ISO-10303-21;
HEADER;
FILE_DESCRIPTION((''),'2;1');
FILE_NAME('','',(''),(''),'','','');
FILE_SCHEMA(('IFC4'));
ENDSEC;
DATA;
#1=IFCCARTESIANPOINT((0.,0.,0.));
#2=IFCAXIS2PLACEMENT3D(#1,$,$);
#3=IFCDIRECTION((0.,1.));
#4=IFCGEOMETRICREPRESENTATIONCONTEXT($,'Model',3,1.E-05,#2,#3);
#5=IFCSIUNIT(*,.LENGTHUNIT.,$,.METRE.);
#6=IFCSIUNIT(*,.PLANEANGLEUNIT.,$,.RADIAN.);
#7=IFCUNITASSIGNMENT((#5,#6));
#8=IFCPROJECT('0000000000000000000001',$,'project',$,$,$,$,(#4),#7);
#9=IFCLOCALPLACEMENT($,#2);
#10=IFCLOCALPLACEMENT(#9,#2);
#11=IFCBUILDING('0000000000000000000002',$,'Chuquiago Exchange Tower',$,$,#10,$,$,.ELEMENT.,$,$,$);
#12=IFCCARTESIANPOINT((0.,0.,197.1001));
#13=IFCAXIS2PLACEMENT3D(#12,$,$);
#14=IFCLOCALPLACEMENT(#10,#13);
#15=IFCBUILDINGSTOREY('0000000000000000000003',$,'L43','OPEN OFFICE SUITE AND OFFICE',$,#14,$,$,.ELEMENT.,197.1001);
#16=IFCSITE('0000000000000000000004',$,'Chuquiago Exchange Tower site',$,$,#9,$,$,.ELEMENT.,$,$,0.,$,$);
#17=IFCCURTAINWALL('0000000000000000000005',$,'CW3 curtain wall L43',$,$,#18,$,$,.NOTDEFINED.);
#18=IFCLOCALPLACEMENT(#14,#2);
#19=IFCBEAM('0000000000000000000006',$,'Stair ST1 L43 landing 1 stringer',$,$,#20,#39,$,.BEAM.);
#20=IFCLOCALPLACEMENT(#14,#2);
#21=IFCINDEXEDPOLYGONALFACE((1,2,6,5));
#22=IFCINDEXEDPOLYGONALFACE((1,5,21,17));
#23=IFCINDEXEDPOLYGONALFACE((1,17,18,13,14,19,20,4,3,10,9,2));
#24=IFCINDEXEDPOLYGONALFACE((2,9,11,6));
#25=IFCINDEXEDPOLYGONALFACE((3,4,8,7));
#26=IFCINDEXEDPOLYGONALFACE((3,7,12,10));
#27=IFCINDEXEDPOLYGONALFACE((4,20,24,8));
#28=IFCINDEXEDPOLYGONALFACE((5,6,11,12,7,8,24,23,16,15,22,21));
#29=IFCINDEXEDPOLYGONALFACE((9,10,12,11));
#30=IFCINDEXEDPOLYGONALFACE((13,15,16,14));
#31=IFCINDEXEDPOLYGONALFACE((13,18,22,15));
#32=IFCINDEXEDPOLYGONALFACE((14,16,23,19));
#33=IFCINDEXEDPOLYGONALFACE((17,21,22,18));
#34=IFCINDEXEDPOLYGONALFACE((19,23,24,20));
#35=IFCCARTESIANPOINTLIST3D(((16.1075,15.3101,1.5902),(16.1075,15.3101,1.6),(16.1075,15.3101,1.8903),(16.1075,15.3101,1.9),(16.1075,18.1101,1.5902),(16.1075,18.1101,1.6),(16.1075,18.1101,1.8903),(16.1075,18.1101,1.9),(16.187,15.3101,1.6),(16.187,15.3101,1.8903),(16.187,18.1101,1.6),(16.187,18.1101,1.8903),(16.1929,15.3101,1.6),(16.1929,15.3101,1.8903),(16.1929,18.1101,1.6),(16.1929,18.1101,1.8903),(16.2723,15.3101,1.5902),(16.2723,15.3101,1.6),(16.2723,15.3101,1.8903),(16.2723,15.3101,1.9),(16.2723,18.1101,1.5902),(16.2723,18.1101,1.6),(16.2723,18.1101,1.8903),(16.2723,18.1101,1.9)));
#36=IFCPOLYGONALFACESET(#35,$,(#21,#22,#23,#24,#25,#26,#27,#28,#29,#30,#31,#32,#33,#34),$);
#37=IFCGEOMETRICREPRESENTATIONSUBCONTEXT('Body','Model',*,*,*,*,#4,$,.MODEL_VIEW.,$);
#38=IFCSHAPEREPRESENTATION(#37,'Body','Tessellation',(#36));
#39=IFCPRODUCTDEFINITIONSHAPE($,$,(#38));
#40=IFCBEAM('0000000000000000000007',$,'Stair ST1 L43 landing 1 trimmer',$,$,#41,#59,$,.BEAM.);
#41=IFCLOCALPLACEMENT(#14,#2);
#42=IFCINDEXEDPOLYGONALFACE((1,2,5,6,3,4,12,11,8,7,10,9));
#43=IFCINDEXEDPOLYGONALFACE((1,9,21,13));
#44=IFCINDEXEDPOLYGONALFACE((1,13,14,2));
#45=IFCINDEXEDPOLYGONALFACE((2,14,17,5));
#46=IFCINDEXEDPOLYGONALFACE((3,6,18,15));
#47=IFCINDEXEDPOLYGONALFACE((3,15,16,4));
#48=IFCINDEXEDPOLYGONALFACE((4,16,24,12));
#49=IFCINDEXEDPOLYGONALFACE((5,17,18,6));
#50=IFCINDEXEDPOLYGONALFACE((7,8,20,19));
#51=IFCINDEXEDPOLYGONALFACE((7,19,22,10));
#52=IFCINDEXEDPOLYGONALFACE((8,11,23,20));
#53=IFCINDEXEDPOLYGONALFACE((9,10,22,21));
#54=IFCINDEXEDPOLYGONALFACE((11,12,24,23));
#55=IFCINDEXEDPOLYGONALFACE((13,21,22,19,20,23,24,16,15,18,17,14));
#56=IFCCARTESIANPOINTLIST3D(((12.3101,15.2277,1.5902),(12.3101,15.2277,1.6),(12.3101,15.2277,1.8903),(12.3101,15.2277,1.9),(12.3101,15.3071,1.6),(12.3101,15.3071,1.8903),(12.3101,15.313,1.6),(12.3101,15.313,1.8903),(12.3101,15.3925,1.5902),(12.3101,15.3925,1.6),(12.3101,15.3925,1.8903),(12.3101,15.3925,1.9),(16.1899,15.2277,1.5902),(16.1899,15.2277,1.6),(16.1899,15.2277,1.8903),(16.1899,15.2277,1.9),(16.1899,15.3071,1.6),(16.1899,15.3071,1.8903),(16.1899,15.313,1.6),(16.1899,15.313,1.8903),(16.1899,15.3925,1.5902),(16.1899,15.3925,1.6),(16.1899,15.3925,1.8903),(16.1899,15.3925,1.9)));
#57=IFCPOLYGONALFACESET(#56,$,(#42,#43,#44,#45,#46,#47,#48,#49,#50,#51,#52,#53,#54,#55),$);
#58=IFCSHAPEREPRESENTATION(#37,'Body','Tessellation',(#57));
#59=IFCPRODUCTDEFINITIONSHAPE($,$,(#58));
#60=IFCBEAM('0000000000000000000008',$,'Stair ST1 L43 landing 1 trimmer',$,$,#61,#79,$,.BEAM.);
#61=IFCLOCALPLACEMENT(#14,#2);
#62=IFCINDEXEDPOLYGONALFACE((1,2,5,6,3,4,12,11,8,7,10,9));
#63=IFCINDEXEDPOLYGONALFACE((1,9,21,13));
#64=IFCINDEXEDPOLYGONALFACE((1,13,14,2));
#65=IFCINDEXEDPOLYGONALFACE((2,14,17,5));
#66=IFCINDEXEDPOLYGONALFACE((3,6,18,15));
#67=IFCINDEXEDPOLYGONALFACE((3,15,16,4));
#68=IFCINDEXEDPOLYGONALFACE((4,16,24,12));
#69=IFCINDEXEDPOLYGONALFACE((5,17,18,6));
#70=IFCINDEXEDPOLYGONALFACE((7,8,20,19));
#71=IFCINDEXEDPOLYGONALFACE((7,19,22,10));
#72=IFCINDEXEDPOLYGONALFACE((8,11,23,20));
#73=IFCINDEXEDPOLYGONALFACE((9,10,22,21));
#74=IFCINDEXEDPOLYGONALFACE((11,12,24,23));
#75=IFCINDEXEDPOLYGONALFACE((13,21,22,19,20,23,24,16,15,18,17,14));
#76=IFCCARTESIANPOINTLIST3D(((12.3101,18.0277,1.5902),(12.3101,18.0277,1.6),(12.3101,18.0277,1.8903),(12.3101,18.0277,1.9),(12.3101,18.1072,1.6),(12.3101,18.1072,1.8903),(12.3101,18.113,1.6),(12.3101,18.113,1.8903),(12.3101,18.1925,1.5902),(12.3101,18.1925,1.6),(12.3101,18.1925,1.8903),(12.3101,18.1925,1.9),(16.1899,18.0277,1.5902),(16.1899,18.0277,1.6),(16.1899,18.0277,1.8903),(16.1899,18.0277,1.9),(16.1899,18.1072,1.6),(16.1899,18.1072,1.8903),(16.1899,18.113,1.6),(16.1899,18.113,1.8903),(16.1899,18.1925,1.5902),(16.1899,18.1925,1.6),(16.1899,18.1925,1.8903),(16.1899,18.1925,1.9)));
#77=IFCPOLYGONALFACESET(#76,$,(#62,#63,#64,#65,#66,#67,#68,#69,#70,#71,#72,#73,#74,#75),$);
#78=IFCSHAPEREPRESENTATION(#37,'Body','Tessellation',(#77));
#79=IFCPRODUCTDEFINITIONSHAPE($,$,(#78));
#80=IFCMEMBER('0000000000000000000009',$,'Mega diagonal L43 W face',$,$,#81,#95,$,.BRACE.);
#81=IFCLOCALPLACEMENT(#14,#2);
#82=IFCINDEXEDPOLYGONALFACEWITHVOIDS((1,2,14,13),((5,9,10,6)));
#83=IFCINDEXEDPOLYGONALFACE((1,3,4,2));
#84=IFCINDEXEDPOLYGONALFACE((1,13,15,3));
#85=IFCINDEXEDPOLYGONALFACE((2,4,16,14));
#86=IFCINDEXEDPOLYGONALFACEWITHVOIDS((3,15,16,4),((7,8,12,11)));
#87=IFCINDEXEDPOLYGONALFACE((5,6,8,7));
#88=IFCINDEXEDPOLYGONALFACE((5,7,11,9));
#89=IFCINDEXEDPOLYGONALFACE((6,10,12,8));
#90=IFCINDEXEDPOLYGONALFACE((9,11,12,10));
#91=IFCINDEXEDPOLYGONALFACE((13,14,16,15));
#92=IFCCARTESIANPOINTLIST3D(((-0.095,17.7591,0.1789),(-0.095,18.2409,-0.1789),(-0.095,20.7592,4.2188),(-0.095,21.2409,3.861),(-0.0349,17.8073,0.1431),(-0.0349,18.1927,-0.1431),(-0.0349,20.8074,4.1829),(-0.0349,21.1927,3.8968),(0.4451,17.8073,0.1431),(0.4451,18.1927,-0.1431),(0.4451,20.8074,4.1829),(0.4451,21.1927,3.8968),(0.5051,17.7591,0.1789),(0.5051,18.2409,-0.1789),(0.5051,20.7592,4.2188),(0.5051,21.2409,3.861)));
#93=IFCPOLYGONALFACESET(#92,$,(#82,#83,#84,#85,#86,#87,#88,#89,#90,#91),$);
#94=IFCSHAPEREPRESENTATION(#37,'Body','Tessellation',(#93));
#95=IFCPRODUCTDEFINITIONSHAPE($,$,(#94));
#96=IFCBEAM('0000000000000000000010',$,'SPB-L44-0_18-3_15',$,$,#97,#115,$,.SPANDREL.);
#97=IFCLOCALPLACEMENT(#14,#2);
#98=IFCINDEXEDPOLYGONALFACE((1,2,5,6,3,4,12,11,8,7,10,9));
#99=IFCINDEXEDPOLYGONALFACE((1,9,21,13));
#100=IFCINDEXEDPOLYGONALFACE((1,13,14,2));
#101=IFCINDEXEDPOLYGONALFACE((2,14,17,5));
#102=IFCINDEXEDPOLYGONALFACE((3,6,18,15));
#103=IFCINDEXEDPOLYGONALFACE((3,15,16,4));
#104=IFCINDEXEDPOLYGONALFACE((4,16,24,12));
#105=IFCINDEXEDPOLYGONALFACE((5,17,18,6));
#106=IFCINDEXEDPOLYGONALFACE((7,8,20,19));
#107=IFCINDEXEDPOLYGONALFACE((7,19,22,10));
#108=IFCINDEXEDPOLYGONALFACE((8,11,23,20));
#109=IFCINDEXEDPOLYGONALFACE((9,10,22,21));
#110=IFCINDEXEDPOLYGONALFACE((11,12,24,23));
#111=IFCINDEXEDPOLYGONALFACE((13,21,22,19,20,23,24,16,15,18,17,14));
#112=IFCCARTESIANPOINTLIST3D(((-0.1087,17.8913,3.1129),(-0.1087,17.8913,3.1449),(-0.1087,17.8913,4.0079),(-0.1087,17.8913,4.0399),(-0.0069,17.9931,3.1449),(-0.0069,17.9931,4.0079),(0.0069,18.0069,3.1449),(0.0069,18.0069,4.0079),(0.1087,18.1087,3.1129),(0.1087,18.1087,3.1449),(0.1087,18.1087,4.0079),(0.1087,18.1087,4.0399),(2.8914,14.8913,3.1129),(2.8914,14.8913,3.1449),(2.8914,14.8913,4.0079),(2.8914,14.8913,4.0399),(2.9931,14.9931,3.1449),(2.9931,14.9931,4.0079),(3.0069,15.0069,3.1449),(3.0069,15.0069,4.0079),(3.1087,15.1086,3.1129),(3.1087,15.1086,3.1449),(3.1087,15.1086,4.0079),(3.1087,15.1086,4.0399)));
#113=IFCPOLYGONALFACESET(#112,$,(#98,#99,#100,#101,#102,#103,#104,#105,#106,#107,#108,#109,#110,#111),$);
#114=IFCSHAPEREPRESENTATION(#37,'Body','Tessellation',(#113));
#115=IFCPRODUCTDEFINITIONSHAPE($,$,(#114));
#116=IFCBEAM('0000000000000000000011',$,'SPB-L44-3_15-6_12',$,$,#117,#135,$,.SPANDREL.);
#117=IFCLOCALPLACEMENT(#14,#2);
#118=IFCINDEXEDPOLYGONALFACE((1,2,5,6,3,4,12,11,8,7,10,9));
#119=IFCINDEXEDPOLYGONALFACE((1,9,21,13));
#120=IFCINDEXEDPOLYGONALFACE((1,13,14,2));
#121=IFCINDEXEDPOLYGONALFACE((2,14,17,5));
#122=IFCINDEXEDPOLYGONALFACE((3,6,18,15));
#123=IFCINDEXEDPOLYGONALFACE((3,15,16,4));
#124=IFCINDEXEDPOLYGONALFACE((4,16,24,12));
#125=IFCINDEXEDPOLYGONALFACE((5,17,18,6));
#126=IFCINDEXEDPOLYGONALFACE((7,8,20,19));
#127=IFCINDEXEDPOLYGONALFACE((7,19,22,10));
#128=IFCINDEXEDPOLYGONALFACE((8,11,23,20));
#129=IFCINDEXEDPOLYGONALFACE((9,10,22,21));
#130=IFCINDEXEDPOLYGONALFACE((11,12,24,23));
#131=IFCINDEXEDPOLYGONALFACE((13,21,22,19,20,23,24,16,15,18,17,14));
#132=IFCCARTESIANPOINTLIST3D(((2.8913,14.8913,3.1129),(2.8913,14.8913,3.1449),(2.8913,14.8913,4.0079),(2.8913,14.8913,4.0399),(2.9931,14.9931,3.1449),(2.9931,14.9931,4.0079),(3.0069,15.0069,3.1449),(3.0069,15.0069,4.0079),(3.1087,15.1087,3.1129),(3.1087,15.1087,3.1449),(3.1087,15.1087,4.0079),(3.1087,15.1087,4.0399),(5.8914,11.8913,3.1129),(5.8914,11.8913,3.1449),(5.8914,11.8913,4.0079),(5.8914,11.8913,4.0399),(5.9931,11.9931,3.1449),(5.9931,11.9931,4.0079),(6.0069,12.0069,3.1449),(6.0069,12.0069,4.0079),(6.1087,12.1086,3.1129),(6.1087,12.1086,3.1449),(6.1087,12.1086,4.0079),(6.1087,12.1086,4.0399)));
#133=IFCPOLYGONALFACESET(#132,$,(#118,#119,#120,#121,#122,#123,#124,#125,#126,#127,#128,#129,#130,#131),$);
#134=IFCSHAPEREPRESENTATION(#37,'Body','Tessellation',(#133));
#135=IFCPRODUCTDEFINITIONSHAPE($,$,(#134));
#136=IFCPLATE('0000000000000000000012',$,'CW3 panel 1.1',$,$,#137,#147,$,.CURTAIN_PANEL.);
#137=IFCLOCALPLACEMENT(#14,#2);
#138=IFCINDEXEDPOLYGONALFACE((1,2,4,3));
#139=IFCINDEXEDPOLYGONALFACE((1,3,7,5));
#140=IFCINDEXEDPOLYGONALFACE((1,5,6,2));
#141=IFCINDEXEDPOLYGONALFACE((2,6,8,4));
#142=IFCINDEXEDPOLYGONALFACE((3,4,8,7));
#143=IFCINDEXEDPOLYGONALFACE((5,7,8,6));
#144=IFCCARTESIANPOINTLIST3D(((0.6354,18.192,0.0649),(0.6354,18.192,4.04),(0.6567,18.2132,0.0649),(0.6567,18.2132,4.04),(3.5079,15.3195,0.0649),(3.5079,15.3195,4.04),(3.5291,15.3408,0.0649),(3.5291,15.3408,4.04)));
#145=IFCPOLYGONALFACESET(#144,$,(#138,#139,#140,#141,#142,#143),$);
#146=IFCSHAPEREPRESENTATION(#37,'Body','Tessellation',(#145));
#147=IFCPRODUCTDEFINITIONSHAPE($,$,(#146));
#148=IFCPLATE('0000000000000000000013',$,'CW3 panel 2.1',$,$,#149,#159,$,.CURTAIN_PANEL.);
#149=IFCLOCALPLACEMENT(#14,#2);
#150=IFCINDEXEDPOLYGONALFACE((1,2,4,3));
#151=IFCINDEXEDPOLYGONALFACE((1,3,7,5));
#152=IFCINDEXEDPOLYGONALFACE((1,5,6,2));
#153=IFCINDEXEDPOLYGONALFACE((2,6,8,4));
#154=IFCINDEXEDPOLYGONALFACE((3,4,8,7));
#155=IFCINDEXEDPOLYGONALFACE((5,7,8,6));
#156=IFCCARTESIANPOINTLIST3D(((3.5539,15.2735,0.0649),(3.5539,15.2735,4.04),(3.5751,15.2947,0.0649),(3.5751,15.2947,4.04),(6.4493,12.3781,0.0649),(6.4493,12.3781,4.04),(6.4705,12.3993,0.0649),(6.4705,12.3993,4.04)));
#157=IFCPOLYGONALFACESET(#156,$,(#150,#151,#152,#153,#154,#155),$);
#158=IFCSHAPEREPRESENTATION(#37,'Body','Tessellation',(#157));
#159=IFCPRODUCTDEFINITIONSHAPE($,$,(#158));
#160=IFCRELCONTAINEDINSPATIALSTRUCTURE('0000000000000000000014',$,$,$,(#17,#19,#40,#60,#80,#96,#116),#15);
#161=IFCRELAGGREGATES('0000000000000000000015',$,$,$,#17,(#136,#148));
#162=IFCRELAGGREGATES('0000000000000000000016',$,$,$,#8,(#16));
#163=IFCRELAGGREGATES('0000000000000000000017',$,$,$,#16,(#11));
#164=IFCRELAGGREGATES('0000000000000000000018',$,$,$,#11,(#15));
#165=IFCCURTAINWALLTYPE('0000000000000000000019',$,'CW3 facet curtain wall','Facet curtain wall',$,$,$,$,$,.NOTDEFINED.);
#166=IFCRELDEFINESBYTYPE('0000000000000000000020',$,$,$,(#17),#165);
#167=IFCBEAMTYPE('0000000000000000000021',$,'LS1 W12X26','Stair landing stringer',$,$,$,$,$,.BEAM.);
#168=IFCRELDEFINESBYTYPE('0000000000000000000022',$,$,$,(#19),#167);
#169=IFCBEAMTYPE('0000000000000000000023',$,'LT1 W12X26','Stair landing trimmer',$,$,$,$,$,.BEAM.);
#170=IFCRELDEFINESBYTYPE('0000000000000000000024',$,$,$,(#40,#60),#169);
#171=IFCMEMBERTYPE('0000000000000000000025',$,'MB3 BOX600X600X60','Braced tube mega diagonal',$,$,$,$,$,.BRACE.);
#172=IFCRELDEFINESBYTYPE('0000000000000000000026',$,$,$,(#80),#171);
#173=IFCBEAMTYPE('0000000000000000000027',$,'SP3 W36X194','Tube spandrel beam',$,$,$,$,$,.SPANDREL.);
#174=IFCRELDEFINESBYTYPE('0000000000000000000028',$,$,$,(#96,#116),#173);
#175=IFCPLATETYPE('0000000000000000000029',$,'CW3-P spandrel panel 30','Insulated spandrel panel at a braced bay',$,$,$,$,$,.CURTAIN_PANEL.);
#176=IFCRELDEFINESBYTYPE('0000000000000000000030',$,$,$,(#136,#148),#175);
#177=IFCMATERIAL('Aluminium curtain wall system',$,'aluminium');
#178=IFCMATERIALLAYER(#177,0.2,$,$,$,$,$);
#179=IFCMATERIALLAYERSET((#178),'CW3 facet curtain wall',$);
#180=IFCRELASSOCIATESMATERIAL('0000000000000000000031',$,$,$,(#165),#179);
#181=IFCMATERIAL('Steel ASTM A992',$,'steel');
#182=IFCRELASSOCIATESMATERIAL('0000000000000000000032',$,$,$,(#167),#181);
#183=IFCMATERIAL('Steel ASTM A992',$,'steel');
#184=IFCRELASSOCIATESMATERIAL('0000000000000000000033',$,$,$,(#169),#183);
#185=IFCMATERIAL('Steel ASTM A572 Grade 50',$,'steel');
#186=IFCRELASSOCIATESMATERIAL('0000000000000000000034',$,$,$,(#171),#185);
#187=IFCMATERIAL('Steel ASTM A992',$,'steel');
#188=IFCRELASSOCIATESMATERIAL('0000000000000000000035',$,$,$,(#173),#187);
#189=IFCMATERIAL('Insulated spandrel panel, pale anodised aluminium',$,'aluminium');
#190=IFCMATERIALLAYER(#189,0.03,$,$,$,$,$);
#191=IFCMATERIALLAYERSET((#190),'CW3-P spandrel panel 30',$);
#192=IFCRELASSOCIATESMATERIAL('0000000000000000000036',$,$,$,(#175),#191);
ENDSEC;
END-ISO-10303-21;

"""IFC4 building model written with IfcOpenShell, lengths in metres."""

from ifc_helpers import new_model, si_unit, direction, frame, origin, origin_2d, place, context, subcontext, project, spatial, rectangle, hollow_rectangle, i_section, extrude, material, layer, layer_set, material_profile, profile_set, type_object, element, aggregate, save


model = new_model("IFC4")

# Units and contexts
model_context = context("Model", 3, precision=1e-05, world=origin(), true_north=direction((0.0, 1.0)))
body_context = subcontext(model_context, "Body", "Model", "MODEL_VIEW")
ifc_project = project(units=[si_unit("LENGTHUNIT", "METRE"), si_unit("PLANEANGLEUNIT", "RADIAN")], contexts=[model_context])

# Site, building, storey
site_placement = place(None, origin())
site = spatial("IfcSite", under=ifc_project, at=site_placement, Name="Chuquiago Exchange Tower site", CompositionType="ELEMENT", RefElevation=0.0)
building_placement = place(site_placement, origin())
building = spatial("IfcBuilding", under=site, at=building_placement, Name="Chuquiago Exchange Tower", CompositionType="ELEMENT")
storey_placement = place(building_placement, frame((0.0, 0.0, 197.1001)))
storey = spatial("IfcBuildingStorey", under=building, at=storey_placement, Name="L43", Description="OPEN OFFICE SUITE AND OFFICE", CompositionType="ELEMENT", Elevation=197.1001)

# Curtain wall
ifc_material_1 = material(Name="Aluminium curtain wall system", Category="aluminium")
ifc_layer_1 = layer(ifc_material_1, 0.2)
ifc_layer_set_1 = layer_set([ifc_layer_1], Name="CW3 facet curtain wall")
curtain_wall_type = type_object("IfcCurtainWallType", Name="CW3 facet curtain wall", Description="Facet curtain wall", PredefinedType="NOTDEFINED", material=ifc_layer_set_1)
curtain_wall_placement = place(storey_placement, origin())
curtain_wall = element("IfcCurtainWall", 1, at=curtain_wall_placement, inside=storey, type_object=curtain_wall_type, Name="CW3 curtain wall L43", PredefinedType="NOTDEFINED")

# Beams
ifc_material_2 = material(Name="Steel ASTM A992", Category="steel")
ifc_material_profile_1 = material_profile(ifc_material_2, i_section(OverallWidth=0.1648, OverallDepth=0.3098, WebThickness=0.0059, FlangeThickness=0.0098, at=origin_2d()), Name="W12X26")
ifc_profile_set_1 = profile_set([ifc_material_profile_1], Name="Steel ASTM A992")
beam_type_1 = type_object("IfcBeamType", Name="LS1 W12X26", Description="Stair landing stringer", PredefinedType="BEAM", material=ifc_profile_set_1)
for number, where, z_axis, x_axis, name in (
    (2, (16.1899, 15.3101, 1.7451), (0.0, 1.0, 0.0), (-1.0, 0.0, 0.0), "Stair ST1 L43 landing 1 stringer"),
):
    element("IfcBeam", number, at=place(storey_placement, frame(where, z_axis=z_axis, x_axis=x_axis)), inside=storey, type_object=beam_type_1, Name=name, PredefinedType="BEAM", context=body_context, shape_type="SweptSolid", body=[
        extrude(i_section(OverallWidth=0.1648, OverallDepth=0.3098, WebThickness=0.0059, FlangeThickness=0.0098, at=origin_2d()), origin(), (0.0, 0.0, 1.0), 2.8),
    ])
ifc_material_3 = material(Name="Steel ASTM A992", Category="steel")
ifc_material_profile_2 = material_profile(ifc_material_3, i_section(OverallWidth=0.1648, OverallDepth=0.3098, WebThickness=0.0059, FlangeThickness=0.0098, at=origin_2d()), Name="W12X26")
ifc_profile_set_2 = profile_set([ifc_material_profile_2], Name="Steel ASTM A992")
beam_type_2 = type_object("IfcBeamType", Name="LT1 W12X26", Description="Stair landing trimmer", PredefinedType="BEAM", material=ifc_profile_set_2)
for number, where, z_axis, x_axis, name in (
    (3, (12.3101, 15.3101, 1.7451), (1.0, 0.0, 0.0), (0.0, 1.0, 0.0), "Stair ST1 L43 landing 1 trimmer"),
    (4, (12.3101, 18.1101, 1.7451), (1.0, 0.0, 0.0), (0.0, 1.0, 0.0), "Stair ST1 L43 landing 1 trimmer"),
):
    element("IfcBeam", number, at=place(storey_placement, frame(where, z_axis=z_axis, x_axis=x_axis)), inside=storey, type_object=beam_type_2, Name=name, PredefinedType="BEAM", context=body_context, shape_type="SweptSolid", body=[
        extrude(i_section(OverallWidth=0.1648, OverallDepth=0.3098, WebThickness=0.0059, FlangeThickness=0.0098, at=origin_2d()), origin(), (0.0, 0.0, 1.0), 3.8799),
    ])

# Member
ifc_material_4 = material(Name="Steel ASTM A572 Grade 50", Category="steel")
ifc_material_profile_3 = material_profile(ifc_material_4, hollow_rectangle(XDim=0.6001, YDim=0.6001, WallThickness=0.0601, at=origin_2d()), Name="BOX600X600X60")
ifc_profile_set_3 = profile_set([ifc_material_profile_3], Name="Steel ASTM A572 Grade 50")
member_type_1 = type_object("IfcMemberType", Name="MB3 BOX600X600X60", Description="Braced tube mega diagonal", PredefinedType="BRACE", material=ifc_profile_set_3)
member_1_placement = place(storey_placement, frame((0.2051, 18.0, 0.0), z_axis=(0.0, 0.596197, 0.802838), x_axis=(-1.0, 0.0, 0.0)))
element("IfcMember", 5, at=member_1_placement, inside=storey, type_object=member_type_1, Name="Mega diagonal L43 W face", PredefinedType="BRACE", context=body_context, shape_type="SweptSolid", body=[
    extrude(hollow_rectangle(XDim=0.6001, YDim=0.6001, WallThickness=0.0601, at=origin_2d()), origin(), (0.0, 0.0, 1.0), 5.032),
])

# Beams
ifc_material_5 = material(Name="Steel ASTM A992", Category="steel")
ifc_material_profile_4 = material_profile(ifc_material_5, i_section(OverallWidth=0.3074, OverallDepth=0.927, WebThickness=0.0195, FlangeThickness=0.032, at=origin_2d()), Name="W36X194")
ifc_profile_set_4 = profile_set([ifc_material_profile_4], Name="Steel ASTM A992")
beam_type_3 = type_object("IfcBeamType", Name="SP3 W36X194", Description="Tube spandrel beam", PredefinedType="SPANDREL", material=ifc_profile_set_4)
for number, where, z_axis, x_axis, name in (
    (6, (0.0, 18.0, 3.5764), (0.707107, -0.707107, 0.0), (0.707107, 0.707107, 0.0), "SPB-L44-0_18-3_15"),
    (7, (3.0, 15.0, 3.5764), (0.707107, -0.707107, 0.0), (0.707107, 0.707107, 0.0), "SPB-L44-3_15-6_12"),
):
    element("IfcBeam", number, at=place(storey_placement, frame(where, z_axis=z_axis, x_axis=x_axis)), inside=storey, type_object=beam_type_3, Name=name, PredefinedType="SPANDREL", context=body_context, shape_type="SweptSolid", body=[
        extrude(i_section(OverallWidth=0.3074, OverallDepth=0.927, WebThickness=0.0195, FlangeThickness=0.032, at=origin_2d()), origin(), (0.0, 0.0, 1.0), 4.2427),
    ])

# Plates
ifc_material_6 = material(Name="Insulated spandrel panel, pale anodised aluminium", Category="aluminium")
ifc_layer_2 = layer(ifc_material_6, 0.03)
ifc_layer_set_2 = layer_set([ifc_layer_2], Name="CW3-P spandrel panel 30")
plate_type = type_object("IfcPlateType", Name="CW3-P spandrel panel 30", Description="Insulated spandrel panel at a braced bay", PredefinedType="CURTAIN_PANEL", material=ifc_layer_set_2)
plate_1_placement = place(storey_placement, frame((2.0823, 16.7664, 0.0649), z_axis=(0.0, 0.0, 1.0), x_axis=(0.707107, -0.707107, 0.0)))
plate_1 = element("IfcPlate", 8, at=plate_1_placement, type_object=plate_type, Name="CW3 panel 1.1", PredefinedType="CURTAIN_PANEL", context=body_context, shape_type="SweptSolid", body=[
    extrude(rectangle(XDim=4.0623, YDim=0.03, at=origin_2d()), origin(), (0.0, 0.0, 1.0), 3.9751),
])
plate_2_placement = place(storey_placement, frame((5.0122, 13.8364, 0.0649), z_axis=(0.0, 0.0, 1.0), x_axis=(0.707107, -0.707107, 0.0)))
plate_2 = element("IfcPlate", 9, at=plate_2_placement, type_object=plate_type, Name="CW3 panel 2.1", PredefinedType="CURTAIN_PANEL", context=body_context, shape_type="SweptSolid", body=[
    extrude(rectangle(XDim=4.0947, YDim=0.03, at=origin_2d()), origin(), (0.0, 0.0, 1.0), 3.9751),
])
aggregate(curtain_wall, [plate_1, plate_2])

save(model, "model.ifc")
